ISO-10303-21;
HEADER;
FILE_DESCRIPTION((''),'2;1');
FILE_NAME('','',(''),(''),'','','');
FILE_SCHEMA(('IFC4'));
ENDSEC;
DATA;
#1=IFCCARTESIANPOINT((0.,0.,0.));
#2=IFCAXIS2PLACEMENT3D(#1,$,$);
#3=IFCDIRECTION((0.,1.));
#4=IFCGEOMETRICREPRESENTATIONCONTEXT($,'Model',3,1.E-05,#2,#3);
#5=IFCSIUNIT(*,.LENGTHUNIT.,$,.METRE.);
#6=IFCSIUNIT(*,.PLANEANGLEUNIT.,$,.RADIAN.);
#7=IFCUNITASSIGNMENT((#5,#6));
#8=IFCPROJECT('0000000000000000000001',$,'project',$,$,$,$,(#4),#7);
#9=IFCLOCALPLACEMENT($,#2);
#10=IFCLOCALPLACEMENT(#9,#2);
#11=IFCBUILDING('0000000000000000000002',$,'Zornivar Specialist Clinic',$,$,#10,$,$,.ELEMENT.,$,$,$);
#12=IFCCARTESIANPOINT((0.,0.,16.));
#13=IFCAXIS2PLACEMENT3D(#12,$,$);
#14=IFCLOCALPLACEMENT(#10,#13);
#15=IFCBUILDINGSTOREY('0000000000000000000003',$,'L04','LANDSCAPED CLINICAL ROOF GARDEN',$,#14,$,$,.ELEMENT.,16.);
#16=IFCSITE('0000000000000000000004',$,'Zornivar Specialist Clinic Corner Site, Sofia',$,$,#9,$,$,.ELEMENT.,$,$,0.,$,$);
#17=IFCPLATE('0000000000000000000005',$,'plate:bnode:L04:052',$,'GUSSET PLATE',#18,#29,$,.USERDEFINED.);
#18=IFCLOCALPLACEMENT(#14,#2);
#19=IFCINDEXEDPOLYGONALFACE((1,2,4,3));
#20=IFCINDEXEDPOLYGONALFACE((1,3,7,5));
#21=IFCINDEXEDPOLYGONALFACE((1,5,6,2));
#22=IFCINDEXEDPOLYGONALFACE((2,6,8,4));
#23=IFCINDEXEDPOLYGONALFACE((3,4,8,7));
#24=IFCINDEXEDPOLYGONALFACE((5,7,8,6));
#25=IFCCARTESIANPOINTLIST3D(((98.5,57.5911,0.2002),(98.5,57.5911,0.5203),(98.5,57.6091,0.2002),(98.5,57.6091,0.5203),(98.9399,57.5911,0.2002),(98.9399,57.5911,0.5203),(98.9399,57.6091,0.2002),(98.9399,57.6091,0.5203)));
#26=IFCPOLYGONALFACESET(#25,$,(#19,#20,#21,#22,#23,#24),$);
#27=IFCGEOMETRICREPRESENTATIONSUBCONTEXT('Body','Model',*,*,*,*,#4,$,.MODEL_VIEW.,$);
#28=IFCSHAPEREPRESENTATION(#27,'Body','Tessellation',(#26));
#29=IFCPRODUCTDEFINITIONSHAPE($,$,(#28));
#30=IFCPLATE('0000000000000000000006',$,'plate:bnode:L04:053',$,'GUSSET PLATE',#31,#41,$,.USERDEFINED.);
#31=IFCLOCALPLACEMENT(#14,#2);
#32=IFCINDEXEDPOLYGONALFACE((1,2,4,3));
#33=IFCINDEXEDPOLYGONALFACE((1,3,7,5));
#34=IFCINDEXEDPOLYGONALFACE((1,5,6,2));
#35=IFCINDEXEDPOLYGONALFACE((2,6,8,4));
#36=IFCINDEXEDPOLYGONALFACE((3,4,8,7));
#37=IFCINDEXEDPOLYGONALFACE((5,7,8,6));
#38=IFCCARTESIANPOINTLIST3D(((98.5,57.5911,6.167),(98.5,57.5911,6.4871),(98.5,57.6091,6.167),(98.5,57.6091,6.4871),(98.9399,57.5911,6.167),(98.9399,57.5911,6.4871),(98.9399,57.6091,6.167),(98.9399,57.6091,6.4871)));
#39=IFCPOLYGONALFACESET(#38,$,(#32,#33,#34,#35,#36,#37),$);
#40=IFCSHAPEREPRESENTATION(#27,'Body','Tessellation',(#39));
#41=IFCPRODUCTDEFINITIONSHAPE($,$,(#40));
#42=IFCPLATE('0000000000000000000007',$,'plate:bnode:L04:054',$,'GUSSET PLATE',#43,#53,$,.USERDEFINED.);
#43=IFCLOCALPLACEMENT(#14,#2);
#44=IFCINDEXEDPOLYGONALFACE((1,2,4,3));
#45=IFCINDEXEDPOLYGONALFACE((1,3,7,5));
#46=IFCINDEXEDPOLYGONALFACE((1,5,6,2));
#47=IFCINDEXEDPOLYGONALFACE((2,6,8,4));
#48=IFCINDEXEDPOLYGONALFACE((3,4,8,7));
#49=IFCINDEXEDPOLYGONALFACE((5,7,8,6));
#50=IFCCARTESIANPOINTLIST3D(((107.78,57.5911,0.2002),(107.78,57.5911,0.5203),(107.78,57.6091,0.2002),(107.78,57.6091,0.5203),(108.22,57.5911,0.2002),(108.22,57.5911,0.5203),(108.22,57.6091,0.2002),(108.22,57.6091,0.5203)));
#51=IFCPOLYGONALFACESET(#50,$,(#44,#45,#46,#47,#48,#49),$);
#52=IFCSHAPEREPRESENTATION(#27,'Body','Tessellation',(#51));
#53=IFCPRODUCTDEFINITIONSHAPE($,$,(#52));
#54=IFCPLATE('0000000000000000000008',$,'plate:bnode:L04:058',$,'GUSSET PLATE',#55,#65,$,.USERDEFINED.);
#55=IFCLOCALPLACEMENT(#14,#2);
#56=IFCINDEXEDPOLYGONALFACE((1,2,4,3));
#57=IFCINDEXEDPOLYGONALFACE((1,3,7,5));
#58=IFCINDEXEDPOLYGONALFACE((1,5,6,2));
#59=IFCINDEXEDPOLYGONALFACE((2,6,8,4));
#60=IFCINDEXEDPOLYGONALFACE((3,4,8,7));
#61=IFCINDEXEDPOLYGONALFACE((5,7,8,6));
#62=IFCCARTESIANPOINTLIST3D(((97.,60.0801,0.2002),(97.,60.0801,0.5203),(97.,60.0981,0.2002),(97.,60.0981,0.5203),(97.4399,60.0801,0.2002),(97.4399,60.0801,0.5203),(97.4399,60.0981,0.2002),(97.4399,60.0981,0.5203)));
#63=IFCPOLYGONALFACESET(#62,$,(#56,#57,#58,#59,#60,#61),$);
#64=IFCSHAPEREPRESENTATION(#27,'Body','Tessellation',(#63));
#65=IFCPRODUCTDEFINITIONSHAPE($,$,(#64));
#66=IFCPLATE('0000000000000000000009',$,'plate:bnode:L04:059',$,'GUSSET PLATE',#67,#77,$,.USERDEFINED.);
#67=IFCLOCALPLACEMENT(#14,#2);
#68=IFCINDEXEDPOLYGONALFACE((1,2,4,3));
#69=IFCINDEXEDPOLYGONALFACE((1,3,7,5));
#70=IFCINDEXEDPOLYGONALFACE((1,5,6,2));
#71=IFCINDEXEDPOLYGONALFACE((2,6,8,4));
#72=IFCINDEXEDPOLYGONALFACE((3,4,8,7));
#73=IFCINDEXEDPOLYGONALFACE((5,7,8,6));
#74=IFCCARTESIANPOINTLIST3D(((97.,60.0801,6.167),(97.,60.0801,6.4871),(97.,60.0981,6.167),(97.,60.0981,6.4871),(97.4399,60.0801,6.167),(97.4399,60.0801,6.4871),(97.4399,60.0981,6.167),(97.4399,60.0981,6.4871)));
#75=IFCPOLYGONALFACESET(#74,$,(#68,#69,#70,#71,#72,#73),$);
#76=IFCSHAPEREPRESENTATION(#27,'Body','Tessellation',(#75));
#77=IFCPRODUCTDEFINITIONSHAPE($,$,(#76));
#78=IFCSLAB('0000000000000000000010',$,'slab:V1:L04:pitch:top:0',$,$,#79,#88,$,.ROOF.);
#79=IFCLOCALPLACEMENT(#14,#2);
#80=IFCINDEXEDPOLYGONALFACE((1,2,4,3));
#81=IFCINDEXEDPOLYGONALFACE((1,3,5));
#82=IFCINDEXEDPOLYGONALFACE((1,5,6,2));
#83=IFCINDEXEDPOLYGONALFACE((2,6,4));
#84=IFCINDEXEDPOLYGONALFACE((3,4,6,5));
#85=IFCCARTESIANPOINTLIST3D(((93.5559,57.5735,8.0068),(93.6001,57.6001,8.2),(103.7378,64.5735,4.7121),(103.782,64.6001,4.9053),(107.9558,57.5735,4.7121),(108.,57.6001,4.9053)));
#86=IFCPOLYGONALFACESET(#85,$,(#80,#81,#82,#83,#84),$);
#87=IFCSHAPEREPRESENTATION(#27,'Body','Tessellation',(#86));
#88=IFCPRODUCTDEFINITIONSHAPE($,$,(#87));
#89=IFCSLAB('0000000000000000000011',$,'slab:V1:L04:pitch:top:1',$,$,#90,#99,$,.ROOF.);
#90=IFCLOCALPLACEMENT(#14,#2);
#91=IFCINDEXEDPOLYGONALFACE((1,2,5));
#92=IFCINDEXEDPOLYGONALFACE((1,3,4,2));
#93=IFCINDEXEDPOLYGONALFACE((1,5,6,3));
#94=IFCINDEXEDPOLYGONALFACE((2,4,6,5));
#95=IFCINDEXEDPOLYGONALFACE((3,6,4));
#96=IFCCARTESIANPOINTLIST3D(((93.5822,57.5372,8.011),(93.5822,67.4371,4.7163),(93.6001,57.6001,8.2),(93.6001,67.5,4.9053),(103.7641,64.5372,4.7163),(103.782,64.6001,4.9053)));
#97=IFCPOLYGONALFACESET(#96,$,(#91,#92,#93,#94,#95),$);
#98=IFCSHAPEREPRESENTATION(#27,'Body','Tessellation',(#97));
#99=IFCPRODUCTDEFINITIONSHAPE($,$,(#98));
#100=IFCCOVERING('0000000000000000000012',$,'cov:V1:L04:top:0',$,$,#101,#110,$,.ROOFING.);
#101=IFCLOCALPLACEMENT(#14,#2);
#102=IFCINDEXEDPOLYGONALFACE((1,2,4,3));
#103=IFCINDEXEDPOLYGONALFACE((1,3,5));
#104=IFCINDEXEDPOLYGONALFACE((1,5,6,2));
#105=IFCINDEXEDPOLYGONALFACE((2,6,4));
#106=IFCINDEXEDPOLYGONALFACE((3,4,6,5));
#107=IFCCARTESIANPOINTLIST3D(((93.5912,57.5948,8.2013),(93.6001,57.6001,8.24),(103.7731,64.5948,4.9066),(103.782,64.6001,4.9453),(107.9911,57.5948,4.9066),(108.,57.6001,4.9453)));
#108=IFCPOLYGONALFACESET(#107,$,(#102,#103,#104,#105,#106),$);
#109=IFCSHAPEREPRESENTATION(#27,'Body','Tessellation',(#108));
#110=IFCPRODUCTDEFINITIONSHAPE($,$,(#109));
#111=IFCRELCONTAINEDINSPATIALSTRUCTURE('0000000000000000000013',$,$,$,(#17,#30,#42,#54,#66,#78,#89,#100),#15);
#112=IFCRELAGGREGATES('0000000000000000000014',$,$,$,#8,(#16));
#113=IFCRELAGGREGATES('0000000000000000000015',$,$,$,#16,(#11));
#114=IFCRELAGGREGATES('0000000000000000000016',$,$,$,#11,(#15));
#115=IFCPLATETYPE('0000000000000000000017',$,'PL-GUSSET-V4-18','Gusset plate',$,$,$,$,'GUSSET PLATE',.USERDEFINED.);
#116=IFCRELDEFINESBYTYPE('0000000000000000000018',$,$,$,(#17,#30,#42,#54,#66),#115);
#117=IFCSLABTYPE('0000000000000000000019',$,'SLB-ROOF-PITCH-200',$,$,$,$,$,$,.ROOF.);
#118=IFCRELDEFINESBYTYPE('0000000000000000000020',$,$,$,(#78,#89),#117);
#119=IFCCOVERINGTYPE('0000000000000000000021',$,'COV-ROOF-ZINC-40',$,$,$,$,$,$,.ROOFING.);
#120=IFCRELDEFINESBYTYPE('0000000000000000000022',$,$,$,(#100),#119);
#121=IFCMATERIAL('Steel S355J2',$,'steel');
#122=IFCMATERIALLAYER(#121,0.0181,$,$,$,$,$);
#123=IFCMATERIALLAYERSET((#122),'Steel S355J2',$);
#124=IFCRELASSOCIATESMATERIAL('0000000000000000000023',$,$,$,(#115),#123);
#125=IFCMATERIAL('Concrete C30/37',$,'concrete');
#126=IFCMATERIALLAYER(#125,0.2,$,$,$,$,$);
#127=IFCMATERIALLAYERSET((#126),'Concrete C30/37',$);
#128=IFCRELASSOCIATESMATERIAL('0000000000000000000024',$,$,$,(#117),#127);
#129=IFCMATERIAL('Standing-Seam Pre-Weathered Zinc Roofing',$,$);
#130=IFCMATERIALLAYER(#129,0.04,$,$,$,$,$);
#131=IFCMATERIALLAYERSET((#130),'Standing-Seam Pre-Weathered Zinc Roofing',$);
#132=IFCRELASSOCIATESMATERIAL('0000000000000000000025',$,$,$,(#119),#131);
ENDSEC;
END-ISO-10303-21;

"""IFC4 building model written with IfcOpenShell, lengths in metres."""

from ifc_helpers import new_model, si_unit, direction, frame, origin, origin_2d, place, context, subcontext, project, spatial, polyline, rectangle, outline, extrude, material, layer, layer_set, type_object, element, save


model = new_model("IFC4")

# Units and contexts
model_context = context("Model", 3, precision=1e-05, world=origin(), true_north=direction((0.0, 1.0)))
body_context = subcontext(model_context, "Body", "Model", "MODEL_VIEW")
ifc_project = project(units=[si_unit("LENGTHUNIT", "METRE"), si_unit("PLANEANGLEUNIT", "RADIAN")], contexts=[model_context])

# Site, building, storey
site_placement = place(None, origin())
site = spatial("IfcSite", under=ifc_project, at=site_placement, Name="Zornivar Specialist Clinic Corner Site, Sofia", CompositionType="ELEMENT", RefElevation=0.0)
building_placement = place(site_placement, origin())
building = spatial("IfcBuilding", under=site, at=building_placement, Name="Zornivar Specialist Clinic", CompositionType="ELEMENT")
storey_placement = place(building_placement, frame((0.0, 0.0, 16.0)))
storey = spatial("IfcBuildingStorey", under=building, at=storey_placement, Name="L04", Description="LANDSCAPED CLINICAL ROOF GARDEN", CompositionType="ELEMENT", Elevation=16.0)

# Plates
ifc_material_1 = material(Name="Steel S355J2", Category="steel")
ifc_layer_1 = layer(ifc_material_1, 0.0181)
ifc_layer_set_1 = layer_set([ifc_layer_1], Name="Steel S355J2")
plate_type_1 = type_object("IfcPlateType", Name="PL-GUSSET-V4-18", Description="Gusset plate", ElementType="GUSSET PLATE", PredefinedType="USERDEFINED", material=ifc_layer_set_1)
for number, where, z_axis, x_axis, name in (
    (1, (98.72, 57.6001, 0.2002), (0.0, 0.0, 1.0), (1.0, 0.0, 0.0), "plate:bnode:L04:052"),
    (2, (98.72, 57.6001, 6.167), (0.0, 0.0, 1.0), (1.0, 0.0, 0.0), "plate:bnode:L04:053"),
    (3, (108.0, 57.6001, 0.2002), (0.0, 0.0, 1.0), (1.0, 0.0, 0.0), "plate:bnode:L04:054"),
    (4, (97.22, 60.0891, 0.2002), (0.0, 0.0, 1.0), (1.0, 0.0, 0.0), "plate:bnode:L04:058"),
    (5, (97.22, 60.0891, 6.167), (0.0, 0.0, 1.0), (1.0, 0.0, 0.0), "plate:bnode:L04:059"),
):
    element("IfcPlate", number, at=place(storey_placement, frame(where, z_axis=z_axis, x_axis=x_axis)), inside=storey, type_object=plate_type_1, Name=name, ObjectType="GUSSET PLATE", PredefinedType="USERDEFINED", context=body_context, shape_type="SweptSolid", body=[
        extrude(rectangle(XDim=0.4399, YDim=0.0181, at=origin_2d()), origin(), (0.0, 0.0, 1.0), 0.3201),
    ])

# Slabs
ifc_material_2 = material(Name="Concrete C30/37", Category="concrete")
ifc_layer_2 = layer(ifc_material_2, 0.2)
ifc_layer_set_2 = layer_set([ifc_layer_2], Name="Concrete C30/37")
slab_type = type_object("IfcSlabType", Name="SLB-ROOF-PITCH-200", PredefinedType="ROOF", material=ifc_layer_set_2)
slab_1_placement = place(storey_placement, frame((108.0, 57.6001, 4.9053), z_axis=(0.221048, 0.133198, 0.966124), x_axis=(-0.516116, 0.856519, 0.0)))
element("IfcSlab", 6, at=slab_1_placement, inside=storey, type_object=slab_type, Name="slab:V1:L04:pitch:top:0", PredefinedType="ROOF", context=body_context, shape_type="SweptSolid", body=[
    extrude(outline(polyline([(0.0, 0.0), (8.1726, 0.0), (7.432, 12.7663), (0.0, 0.0)])), origin(), (0.0, 0.0, -1.0), 0.2),
])
slab_2_placement = place(storey_placement, frame((103.782, 64.6001, 4.9053), z_axis=(0.089573, 0.314502, 0.945021), x_axis=(-0.961753, 0.273917, 0.0)))
element("IfcSlab", 7, at=slab_2_placement, inside=storey, type_object=slab_type, Name="slab:V1:L04:pitch:top:1", PredefinedType="ROOF", context=body_context, shape_type="SweptSolid", body=[
    extrude(outline(polyline([(0.0, 0.0), (10.5868, 0.0), (7.875, 10.0752), (0.0, 0.0)])), origin(), (0.0, 0.0, -1.0), 0.2),
])

# Covering
ifc_material_3 = material(Name="Standing-Seam Pre-Weathered Zinc Roofing")
ifc_layer_3 = layer(ifc_material_3, 0.04)
ifc_layer_set_3 = layer_set([ifc_layer_3], Name="Standing-Seam Pre-Weathered Zinc Roofing")
covering_type = type_object("IfcCoveringType", Name="COV-ROOF-ZINC-40", PredefinedType="ROOFING", material=ifc_layer_set_3)
covering_placement = place(storey_placement, frame((108.0, 57.6001, 4.9453), z_axis=(0.221048, 0.133198, 0.966124), x_axis=(-0.516116, 0.856519, 0.0)))
element("IfcCovering", 8, at=covering_placement, inside=storey, type_object=covering_type, Name="cov:V1:L04:top:0", PredefinedType="ROOFING", context=body_context, shape_type="SweptSolid", body=[
    extrude(outline(polyline([(0.0, 0.0), (8.1726, 0.0), (7.432, 12.7663), (0.0, 0.0)])), origin(), (0.0, 0.0, -1.0), 0.04),
])

save(model, "model.ifc")
